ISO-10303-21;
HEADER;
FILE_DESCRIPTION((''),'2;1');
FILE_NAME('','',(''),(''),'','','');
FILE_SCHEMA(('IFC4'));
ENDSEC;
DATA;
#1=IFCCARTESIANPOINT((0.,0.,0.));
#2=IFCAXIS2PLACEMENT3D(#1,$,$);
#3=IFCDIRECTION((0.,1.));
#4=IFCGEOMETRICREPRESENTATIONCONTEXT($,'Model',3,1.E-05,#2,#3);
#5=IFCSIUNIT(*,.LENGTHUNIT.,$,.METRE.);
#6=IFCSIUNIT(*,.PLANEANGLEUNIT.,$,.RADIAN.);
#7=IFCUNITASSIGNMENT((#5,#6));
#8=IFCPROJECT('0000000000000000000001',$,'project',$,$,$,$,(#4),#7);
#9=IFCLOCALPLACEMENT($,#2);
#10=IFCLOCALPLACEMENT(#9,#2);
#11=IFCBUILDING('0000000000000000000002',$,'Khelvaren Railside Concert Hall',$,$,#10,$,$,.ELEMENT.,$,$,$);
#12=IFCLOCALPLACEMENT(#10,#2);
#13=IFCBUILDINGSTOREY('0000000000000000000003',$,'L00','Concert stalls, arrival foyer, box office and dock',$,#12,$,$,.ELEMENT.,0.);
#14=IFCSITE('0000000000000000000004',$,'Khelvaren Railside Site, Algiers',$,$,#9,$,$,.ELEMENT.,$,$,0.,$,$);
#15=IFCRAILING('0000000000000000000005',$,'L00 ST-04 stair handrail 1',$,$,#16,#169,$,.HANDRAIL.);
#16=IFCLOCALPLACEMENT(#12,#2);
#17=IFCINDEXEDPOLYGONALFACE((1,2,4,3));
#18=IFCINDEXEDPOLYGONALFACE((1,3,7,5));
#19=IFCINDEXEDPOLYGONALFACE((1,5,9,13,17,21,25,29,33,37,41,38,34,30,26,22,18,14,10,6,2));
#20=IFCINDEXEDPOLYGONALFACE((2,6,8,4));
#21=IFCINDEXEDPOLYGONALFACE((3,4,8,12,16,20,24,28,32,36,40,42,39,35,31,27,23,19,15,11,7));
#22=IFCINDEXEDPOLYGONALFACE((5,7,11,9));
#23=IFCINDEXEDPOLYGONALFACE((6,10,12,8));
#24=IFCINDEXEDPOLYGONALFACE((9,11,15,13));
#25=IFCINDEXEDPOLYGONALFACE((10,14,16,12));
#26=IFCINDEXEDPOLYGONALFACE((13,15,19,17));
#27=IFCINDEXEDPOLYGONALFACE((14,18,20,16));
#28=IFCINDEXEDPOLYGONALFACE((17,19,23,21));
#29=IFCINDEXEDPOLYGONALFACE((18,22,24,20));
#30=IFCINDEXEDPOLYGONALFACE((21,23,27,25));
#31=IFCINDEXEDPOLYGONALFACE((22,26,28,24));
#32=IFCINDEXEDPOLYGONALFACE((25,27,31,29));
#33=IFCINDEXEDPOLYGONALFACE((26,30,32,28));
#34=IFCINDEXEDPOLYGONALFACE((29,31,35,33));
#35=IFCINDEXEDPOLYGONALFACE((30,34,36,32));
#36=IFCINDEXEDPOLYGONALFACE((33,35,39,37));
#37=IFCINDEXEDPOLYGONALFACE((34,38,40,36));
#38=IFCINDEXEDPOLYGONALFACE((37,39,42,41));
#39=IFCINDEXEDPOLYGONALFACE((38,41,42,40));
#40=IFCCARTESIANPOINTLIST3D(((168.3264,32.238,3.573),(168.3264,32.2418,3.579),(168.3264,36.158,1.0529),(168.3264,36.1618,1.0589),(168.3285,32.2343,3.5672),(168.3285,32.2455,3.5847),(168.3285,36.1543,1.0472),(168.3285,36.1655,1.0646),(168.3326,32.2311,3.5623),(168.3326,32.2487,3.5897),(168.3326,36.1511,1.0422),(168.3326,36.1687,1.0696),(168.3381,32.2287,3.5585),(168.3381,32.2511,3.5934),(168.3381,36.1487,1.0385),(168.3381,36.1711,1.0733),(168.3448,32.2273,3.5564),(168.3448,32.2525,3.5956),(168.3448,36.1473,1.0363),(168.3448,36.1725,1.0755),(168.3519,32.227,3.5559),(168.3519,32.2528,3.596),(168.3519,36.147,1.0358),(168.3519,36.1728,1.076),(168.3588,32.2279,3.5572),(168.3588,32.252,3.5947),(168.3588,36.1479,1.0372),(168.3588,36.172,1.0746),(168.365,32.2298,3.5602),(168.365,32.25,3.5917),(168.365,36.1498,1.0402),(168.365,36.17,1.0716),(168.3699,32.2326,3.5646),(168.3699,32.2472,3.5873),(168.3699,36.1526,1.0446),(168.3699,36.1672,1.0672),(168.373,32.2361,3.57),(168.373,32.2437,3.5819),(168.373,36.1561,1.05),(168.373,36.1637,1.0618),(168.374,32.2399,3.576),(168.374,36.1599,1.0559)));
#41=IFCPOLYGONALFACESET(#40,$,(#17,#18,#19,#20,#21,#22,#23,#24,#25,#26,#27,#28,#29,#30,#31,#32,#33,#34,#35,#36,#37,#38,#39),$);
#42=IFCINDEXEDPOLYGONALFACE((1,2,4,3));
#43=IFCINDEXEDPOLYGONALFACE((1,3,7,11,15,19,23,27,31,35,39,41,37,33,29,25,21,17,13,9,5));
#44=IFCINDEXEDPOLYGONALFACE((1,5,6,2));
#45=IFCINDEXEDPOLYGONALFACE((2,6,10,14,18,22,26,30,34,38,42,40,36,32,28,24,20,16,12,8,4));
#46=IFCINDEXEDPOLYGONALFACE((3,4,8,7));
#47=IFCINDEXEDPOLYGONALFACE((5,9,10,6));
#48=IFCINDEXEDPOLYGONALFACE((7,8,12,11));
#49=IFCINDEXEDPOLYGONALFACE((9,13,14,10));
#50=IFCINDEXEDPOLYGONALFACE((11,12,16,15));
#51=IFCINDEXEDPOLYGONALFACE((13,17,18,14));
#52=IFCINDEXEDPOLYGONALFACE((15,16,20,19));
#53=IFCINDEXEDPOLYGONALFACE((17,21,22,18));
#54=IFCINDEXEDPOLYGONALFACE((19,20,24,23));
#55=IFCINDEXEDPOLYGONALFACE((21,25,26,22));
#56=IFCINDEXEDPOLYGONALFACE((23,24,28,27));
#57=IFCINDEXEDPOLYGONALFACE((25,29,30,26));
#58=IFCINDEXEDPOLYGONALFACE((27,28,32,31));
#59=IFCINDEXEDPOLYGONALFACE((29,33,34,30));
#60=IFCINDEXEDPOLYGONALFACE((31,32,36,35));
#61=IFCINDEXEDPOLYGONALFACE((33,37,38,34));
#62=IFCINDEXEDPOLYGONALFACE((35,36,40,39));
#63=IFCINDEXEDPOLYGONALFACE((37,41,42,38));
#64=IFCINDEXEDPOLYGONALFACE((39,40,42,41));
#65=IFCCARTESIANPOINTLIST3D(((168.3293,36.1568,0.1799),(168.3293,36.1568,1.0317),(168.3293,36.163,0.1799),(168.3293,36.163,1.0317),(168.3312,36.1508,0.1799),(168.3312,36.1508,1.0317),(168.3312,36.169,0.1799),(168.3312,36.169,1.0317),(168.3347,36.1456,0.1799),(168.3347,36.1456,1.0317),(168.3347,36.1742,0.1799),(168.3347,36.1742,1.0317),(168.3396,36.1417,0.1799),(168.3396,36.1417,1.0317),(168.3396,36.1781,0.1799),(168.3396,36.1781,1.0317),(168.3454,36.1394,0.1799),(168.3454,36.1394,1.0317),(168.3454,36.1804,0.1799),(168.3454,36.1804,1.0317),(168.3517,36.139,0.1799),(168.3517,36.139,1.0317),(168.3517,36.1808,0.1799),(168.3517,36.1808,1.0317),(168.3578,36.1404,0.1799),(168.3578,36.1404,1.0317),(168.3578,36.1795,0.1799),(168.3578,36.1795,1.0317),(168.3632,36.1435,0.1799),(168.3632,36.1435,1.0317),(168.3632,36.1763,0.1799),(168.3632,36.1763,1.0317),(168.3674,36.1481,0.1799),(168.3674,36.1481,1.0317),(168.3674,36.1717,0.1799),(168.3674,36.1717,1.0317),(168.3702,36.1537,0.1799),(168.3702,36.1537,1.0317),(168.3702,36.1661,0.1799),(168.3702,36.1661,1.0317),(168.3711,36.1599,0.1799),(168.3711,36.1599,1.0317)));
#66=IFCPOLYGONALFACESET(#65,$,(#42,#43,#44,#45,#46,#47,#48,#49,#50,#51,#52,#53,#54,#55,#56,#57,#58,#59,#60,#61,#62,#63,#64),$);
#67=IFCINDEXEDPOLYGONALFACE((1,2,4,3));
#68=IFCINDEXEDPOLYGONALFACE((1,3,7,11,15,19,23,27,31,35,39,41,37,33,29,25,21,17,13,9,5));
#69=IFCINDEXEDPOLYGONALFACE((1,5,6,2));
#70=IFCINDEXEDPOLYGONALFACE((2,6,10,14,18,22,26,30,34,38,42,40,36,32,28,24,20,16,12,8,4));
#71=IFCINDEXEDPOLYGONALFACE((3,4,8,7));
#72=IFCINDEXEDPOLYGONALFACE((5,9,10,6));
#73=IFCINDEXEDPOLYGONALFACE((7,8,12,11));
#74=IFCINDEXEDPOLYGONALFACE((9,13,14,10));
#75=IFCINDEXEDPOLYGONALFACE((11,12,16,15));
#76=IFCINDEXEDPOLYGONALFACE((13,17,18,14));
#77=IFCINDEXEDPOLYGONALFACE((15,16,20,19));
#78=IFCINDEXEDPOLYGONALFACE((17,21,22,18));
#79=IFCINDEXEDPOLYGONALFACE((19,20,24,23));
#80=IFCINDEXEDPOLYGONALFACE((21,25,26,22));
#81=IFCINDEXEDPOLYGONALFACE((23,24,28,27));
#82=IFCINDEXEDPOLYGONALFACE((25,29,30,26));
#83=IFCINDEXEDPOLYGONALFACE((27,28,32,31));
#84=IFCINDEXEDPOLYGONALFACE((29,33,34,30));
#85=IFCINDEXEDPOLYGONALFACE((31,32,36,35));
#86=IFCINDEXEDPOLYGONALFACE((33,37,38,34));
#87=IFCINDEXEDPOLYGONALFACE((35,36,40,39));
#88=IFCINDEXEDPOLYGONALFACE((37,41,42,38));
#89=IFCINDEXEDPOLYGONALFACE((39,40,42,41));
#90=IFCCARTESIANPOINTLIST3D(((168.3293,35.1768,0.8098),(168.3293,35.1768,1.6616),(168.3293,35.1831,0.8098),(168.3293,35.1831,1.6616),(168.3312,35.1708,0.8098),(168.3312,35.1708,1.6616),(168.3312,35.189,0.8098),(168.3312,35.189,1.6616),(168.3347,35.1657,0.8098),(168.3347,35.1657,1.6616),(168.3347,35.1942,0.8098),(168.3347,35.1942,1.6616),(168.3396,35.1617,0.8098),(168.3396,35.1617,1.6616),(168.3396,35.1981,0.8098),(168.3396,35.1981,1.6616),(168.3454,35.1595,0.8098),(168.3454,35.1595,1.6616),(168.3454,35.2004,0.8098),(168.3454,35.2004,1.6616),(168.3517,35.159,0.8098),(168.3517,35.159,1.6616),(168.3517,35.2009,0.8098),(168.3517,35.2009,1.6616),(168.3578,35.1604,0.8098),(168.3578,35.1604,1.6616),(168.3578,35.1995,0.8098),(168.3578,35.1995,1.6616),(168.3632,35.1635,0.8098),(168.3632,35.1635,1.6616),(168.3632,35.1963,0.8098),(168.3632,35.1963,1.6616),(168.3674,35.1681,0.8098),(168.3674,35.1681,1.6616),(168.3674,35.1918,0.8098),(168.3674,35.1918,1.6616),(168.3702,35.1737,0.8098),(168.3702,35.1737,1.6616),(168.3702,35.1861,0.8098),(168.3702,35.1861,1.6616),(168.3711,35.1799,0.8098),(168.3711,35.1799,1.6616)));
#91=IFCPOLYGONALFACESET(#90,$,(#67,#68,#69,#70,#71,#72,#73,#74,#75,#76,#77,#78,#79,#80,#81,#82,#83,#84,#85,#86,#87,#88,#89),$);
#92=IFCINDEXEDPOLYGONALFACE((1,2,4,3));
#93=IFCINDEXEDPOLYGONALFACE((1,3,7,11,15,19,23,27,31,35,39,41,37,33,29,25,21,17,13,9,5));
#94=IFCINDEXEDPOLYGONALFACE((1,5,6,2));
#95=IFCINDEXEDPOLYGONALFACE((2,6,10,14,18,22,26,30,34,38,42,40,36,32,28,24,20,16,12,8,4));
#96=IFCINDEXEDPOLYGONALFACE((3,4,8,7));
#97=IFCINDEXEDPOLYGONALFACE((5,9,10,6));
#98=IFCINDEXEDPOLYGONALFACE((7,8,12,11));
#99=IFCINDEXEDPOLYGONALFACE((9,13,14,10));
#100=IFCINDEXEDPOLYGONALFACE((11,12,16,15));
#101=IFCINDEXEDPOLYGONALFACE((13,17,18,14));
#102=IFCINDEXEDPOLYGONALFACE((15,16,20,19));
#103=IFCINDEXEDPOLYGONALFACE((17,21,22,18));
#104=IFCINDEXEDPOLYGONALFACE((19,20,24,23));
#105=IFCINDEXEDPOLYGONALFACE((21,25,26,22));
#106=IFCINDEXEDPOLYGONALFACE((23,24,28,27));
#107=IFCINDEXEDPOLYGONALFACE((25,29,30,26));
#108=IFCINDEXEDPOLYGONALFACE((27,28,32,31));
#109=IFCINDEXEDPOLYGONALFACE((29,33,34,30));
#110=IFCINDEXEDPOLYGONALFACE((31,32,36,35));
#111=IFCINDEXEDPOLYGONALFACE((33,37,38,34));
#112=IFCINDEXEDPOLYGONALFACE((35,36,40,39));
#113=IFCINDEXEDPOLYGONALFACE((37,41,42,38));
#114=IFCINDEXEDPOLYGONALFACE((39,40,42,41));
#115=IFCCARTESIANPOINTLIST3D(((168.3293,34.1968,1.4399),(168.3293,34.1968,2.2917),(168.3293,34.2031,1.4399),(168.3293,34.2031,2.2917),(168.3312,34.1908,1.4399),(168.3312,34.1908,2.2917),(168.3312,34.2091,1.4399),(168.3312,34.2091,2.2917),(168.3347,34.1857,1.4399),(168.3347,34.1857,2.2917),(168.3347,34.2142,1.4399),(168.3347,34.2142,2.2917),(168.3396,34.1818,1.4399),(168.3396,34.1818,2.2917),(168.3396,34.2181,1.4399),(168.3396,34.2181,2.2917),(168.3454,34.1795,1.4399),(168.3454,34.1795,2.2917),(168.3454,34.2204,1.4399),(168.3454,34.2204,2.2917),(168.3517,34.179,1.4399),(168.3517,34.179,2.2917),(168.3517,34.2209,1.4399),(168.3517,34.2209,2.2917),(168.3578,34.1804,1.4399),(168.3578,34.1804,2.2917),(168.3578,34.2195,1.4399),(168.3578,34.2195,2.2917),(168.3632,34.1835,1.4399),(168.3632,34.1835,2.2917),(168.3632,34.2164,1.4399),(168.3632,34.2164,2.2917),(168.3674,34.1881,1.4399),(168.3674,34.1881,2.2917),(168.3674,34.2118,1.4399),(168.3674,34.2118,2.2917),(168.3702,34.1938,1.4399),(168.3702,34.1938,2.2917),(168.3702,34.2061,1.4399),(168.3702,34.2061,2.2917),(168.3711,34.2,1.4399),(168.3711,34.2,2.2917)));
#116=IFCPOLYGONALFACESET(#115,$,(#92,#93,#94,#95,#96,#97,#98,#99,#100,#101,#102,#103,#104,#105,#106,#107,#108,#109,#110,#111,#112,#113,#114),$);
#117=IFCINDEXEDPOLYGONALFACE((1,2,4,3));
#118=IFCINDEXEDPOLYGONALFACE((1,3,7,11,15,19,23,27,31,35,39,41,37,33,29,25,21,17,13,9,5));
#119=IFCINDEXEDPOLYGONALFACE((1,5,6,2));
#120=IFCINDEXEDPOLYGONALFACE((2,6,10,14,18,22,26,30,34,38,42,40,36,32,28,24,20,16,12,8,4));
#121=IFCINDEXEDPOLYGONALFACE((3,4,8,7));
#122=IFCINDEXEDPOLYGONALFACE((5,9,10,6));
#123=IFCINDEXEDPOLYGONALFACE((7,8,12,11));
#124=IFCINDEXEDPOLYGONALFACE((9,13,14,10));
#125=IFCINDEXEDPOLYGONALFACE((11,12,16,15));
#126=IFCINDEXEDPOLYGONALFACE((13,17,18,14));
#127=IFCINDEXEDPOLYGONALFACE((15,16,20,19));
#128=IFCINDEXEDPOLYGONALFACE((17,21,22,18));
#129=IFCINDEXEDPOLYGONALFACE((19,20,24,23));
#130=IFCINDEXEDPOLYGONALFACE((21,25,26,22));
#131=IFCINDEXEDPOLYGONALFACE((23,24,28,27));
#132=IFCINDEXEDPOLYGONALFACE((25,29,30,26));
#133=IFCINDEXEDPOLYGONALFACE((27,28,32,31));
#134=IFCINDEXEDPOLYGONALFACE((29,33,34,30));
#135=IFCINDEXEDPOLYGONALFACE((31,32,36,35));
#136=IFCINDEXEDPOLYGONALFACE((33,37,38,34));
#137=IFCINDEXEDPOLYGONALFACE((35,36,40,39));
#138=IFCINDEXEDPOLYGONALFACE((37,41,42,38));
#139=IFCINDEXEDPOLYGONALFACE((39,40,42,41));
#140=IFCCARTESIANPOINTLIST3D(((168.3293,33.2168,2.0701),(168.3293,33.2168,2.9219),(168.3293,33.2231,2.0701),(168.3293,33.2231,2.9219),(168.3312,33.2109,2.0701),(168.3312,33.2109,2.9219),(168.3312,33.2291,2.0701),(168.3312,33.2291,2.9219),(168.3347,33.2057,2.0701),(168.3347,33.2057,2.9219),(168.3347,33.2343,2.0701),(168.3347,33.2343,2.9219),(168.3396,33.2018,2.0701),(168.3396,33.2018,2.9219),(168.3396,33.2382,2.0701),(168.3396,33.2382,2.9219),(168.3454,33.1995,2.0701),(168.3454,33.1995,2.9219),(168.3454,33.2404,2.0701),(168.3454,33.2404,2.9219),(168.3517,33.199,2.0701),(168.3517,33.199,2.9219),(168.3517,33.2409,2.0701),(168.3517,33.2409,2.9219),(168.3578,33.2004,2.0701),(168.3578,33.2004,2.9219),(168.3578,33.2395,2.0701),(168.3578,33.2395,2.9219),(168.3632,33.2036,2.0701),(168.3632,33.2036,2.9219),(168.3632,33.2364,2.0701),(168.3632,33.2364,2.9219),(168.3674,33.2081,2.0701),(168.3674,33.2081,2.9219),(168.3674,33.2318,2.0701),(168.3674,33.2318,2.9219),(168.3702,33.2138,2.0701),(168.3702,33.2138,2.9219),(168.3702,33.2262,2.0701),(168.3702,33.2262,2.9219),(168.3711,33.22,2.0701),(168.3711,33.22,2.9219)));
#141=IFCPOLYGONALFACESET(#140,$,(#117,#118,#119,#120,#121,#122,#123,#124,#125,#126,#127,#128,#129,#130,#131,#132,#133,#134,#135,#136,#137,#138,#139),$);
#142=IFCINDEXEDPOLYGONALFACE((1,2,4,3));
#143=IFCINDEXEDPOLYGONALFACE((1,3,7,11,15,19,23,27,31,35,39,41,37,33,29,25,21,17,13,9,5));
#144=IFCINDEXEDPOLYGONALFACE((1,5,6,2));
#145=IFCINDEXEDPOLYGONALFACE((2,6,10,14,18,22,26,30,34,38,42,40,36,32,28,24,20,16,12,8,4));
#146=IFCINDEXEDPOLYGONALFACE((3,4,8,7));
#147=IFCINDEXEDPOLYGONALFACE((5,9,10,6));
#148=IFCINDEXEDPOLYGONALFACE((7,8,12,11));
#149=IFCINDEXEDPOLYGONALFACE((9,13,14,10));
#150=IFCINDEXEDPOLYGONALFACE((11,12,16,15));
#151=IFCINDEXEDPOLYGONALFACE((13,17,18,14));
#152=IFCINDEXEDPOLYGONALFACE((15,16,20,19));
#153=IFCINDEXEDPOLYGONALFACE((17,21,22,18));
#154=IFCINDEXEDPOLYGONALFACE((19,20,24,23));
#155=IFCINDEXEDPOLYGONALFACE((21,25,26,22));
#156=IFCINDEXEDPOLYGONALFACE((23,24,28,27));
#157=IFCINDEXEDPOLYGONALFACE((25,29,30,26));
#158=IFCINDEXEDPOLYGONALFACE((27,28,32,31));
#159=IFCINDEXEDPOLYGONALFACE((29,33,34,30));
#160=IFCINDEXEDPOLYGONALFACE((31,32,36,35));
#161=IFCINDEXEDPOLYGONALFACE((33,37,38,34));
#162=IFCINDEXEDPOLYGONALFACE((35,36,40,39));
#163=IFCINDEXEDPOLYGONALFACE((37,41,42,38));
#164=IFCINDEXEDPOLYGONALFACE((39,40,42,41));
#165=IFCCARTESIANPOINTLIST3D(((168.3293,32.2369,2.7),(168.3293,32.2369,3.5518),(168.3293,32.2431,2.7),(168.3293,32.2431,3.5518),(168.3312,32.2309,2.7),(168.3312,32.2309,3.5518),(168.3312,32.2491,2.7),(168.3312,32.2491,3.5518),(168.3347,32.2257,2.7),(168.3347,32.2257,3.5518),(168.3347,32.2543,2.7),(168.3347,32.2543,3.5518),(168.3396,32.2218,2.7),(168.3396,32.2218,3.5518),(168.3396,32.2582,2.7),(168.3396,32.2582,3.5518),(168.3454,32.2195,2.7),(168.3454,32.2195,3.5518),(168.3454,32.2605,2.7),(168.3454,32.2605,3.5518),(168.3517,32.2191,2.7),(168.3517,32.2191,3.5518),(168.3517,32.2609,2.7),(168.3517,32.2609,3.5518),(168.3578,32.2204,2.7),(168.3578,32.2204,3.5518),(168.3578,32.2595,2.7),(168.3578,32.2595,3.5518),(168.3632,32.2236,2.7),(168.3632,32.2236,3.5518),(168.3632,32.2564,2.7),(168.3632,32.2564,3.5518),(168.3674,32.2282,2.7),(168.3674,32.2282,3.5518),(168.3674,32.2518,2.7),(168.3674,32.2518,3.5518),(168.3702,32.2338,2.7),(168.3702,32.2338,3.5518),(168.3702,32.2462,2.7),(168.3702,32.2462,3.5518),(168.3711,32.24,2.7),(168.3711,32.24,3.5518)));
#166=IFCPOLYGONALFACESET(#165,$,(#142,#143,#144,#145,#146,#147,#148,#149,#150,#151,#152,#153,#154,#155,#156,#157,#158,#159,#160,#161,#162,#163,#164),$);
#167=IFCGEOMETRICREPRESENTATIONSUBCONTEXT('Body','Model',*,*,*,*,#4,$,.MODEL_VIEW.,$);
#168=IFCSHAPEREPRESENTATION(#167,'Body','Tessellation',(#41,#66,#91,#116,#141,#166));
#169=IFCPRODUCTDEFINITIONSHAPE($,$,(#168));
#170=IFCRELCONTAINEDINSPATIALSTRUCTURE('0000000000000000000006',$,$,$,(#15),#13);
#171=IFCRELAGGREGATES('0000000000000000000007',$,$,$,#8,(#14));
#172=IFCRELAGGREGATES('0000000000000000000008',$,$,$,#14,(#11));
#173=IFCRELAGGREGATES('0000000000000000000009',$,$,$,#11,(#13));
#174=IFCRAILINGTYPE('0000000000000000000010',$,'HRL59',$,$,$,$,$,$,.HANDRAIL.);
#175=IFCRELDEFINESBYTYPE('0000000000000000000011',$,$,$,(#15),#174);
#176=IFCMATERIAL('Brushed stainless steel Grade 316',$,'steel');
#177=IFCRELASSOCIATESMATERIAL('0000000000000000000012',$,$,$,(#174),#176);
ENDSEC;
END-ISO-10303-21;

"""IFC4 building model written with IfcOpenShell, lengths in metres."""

from ifc_helpers import new_model, si_unit, direction, frame, origin, origin_2d, place, context, subcontext, project, spatial, circle, extrude, material, type_object, element, save


model = new_model("IFC4")

# Units and contexts
model_context = context("Model", 3, precision=1e-05, world=origin(), true_north=direction((0.0, 1.0)))
body_context = subcontext(model_context, "Body", "Model", "MODEL_VIEW")
ifc_project = project(units=[si_unit("LENGTHUNIT", "METRE"), si_unit("PLANEANGLEUNIT", "RADIAN")], contexts=[model_context])

# Site, building, storey
site_placement = place(None, origin())
site = spatial("IfcSite", under=ifc_project, at=site_placement, Name="Khelvaren Railside Site, Algiers", CompositionType="ELEMENT", RefElevation=0.0)
building_placement = place(site_placement, origin())
building = spatial("IfcBuilding", under=site, at=building_placement, Name="Khelvaren Railside Concert Hall", CompositionType="ELEMENT")
storey_placement = place(building_placement, origin())
storey = spatial("IfcBuildingStorey", under=building, at=storey_placement, Name="L00", Description="Concert stalls, arrival foyer, box office and dock", CompositionType="ELEMENT", Elevation=0.0)

# Railing
ifc_material_1 = material(Name="Brushed stainless steel Grade 316", Category="steel")
railing_type_1 = type_object("IfcRailingType", Name="HRL59", PredefinedType="HANDRAIL", material=ifc_material_1)
railing_1_placement = place(storey_placement, frame((168.3501, 36.1599, 0.1799)))
element("IfcRailing", 1, at=railing_1_placement, inside=storey, type_object=railing_type_1, Name="L00 ST-04 stair handrail 1", PredefinedType="HANDRAIL", context=body_context, shape_type="SweptSolid", body=[
    extrude(circle(Radius=0.0239, at=origin_2d()), frame((0.0, 0.0, 0.876), z_axis=(0.0, -0.841172, 0.540768), x_axis=(1.0, 0.0, 0.0)), (0.0, 0.0, 1.0), 4.6602),
    extrude(circle(Radius=0.021, at=origin_2d()), origin(), (0.0, 0.0, 1.0), 0.8518),
    extrude(circle(Radius=0.021, at=origin_2d()), frame((0.0, -0.98, 0.6299)), (0.0, 0.0, 1.0), 0.8518),
    extrude(circle(Radius=0.021, at=origin_2d()), frame((0.0, -1.96, 1.26)), (0.0, 0.0, 1.0), 0.8518),
    extrude(circle(Radius=0.021, at=origin_2d()), frame((0.0, -2.9399, 1.8901)), (0.0, 0.0, 1.0), 0.8518),
    extrude(circle(Radius=0.021, at=origin_2d()), frame((0.0, -3.9199, 2.52)), (0.0, 0.0, 1.0), 0.8518),
])

save(model, "model.ifc")
